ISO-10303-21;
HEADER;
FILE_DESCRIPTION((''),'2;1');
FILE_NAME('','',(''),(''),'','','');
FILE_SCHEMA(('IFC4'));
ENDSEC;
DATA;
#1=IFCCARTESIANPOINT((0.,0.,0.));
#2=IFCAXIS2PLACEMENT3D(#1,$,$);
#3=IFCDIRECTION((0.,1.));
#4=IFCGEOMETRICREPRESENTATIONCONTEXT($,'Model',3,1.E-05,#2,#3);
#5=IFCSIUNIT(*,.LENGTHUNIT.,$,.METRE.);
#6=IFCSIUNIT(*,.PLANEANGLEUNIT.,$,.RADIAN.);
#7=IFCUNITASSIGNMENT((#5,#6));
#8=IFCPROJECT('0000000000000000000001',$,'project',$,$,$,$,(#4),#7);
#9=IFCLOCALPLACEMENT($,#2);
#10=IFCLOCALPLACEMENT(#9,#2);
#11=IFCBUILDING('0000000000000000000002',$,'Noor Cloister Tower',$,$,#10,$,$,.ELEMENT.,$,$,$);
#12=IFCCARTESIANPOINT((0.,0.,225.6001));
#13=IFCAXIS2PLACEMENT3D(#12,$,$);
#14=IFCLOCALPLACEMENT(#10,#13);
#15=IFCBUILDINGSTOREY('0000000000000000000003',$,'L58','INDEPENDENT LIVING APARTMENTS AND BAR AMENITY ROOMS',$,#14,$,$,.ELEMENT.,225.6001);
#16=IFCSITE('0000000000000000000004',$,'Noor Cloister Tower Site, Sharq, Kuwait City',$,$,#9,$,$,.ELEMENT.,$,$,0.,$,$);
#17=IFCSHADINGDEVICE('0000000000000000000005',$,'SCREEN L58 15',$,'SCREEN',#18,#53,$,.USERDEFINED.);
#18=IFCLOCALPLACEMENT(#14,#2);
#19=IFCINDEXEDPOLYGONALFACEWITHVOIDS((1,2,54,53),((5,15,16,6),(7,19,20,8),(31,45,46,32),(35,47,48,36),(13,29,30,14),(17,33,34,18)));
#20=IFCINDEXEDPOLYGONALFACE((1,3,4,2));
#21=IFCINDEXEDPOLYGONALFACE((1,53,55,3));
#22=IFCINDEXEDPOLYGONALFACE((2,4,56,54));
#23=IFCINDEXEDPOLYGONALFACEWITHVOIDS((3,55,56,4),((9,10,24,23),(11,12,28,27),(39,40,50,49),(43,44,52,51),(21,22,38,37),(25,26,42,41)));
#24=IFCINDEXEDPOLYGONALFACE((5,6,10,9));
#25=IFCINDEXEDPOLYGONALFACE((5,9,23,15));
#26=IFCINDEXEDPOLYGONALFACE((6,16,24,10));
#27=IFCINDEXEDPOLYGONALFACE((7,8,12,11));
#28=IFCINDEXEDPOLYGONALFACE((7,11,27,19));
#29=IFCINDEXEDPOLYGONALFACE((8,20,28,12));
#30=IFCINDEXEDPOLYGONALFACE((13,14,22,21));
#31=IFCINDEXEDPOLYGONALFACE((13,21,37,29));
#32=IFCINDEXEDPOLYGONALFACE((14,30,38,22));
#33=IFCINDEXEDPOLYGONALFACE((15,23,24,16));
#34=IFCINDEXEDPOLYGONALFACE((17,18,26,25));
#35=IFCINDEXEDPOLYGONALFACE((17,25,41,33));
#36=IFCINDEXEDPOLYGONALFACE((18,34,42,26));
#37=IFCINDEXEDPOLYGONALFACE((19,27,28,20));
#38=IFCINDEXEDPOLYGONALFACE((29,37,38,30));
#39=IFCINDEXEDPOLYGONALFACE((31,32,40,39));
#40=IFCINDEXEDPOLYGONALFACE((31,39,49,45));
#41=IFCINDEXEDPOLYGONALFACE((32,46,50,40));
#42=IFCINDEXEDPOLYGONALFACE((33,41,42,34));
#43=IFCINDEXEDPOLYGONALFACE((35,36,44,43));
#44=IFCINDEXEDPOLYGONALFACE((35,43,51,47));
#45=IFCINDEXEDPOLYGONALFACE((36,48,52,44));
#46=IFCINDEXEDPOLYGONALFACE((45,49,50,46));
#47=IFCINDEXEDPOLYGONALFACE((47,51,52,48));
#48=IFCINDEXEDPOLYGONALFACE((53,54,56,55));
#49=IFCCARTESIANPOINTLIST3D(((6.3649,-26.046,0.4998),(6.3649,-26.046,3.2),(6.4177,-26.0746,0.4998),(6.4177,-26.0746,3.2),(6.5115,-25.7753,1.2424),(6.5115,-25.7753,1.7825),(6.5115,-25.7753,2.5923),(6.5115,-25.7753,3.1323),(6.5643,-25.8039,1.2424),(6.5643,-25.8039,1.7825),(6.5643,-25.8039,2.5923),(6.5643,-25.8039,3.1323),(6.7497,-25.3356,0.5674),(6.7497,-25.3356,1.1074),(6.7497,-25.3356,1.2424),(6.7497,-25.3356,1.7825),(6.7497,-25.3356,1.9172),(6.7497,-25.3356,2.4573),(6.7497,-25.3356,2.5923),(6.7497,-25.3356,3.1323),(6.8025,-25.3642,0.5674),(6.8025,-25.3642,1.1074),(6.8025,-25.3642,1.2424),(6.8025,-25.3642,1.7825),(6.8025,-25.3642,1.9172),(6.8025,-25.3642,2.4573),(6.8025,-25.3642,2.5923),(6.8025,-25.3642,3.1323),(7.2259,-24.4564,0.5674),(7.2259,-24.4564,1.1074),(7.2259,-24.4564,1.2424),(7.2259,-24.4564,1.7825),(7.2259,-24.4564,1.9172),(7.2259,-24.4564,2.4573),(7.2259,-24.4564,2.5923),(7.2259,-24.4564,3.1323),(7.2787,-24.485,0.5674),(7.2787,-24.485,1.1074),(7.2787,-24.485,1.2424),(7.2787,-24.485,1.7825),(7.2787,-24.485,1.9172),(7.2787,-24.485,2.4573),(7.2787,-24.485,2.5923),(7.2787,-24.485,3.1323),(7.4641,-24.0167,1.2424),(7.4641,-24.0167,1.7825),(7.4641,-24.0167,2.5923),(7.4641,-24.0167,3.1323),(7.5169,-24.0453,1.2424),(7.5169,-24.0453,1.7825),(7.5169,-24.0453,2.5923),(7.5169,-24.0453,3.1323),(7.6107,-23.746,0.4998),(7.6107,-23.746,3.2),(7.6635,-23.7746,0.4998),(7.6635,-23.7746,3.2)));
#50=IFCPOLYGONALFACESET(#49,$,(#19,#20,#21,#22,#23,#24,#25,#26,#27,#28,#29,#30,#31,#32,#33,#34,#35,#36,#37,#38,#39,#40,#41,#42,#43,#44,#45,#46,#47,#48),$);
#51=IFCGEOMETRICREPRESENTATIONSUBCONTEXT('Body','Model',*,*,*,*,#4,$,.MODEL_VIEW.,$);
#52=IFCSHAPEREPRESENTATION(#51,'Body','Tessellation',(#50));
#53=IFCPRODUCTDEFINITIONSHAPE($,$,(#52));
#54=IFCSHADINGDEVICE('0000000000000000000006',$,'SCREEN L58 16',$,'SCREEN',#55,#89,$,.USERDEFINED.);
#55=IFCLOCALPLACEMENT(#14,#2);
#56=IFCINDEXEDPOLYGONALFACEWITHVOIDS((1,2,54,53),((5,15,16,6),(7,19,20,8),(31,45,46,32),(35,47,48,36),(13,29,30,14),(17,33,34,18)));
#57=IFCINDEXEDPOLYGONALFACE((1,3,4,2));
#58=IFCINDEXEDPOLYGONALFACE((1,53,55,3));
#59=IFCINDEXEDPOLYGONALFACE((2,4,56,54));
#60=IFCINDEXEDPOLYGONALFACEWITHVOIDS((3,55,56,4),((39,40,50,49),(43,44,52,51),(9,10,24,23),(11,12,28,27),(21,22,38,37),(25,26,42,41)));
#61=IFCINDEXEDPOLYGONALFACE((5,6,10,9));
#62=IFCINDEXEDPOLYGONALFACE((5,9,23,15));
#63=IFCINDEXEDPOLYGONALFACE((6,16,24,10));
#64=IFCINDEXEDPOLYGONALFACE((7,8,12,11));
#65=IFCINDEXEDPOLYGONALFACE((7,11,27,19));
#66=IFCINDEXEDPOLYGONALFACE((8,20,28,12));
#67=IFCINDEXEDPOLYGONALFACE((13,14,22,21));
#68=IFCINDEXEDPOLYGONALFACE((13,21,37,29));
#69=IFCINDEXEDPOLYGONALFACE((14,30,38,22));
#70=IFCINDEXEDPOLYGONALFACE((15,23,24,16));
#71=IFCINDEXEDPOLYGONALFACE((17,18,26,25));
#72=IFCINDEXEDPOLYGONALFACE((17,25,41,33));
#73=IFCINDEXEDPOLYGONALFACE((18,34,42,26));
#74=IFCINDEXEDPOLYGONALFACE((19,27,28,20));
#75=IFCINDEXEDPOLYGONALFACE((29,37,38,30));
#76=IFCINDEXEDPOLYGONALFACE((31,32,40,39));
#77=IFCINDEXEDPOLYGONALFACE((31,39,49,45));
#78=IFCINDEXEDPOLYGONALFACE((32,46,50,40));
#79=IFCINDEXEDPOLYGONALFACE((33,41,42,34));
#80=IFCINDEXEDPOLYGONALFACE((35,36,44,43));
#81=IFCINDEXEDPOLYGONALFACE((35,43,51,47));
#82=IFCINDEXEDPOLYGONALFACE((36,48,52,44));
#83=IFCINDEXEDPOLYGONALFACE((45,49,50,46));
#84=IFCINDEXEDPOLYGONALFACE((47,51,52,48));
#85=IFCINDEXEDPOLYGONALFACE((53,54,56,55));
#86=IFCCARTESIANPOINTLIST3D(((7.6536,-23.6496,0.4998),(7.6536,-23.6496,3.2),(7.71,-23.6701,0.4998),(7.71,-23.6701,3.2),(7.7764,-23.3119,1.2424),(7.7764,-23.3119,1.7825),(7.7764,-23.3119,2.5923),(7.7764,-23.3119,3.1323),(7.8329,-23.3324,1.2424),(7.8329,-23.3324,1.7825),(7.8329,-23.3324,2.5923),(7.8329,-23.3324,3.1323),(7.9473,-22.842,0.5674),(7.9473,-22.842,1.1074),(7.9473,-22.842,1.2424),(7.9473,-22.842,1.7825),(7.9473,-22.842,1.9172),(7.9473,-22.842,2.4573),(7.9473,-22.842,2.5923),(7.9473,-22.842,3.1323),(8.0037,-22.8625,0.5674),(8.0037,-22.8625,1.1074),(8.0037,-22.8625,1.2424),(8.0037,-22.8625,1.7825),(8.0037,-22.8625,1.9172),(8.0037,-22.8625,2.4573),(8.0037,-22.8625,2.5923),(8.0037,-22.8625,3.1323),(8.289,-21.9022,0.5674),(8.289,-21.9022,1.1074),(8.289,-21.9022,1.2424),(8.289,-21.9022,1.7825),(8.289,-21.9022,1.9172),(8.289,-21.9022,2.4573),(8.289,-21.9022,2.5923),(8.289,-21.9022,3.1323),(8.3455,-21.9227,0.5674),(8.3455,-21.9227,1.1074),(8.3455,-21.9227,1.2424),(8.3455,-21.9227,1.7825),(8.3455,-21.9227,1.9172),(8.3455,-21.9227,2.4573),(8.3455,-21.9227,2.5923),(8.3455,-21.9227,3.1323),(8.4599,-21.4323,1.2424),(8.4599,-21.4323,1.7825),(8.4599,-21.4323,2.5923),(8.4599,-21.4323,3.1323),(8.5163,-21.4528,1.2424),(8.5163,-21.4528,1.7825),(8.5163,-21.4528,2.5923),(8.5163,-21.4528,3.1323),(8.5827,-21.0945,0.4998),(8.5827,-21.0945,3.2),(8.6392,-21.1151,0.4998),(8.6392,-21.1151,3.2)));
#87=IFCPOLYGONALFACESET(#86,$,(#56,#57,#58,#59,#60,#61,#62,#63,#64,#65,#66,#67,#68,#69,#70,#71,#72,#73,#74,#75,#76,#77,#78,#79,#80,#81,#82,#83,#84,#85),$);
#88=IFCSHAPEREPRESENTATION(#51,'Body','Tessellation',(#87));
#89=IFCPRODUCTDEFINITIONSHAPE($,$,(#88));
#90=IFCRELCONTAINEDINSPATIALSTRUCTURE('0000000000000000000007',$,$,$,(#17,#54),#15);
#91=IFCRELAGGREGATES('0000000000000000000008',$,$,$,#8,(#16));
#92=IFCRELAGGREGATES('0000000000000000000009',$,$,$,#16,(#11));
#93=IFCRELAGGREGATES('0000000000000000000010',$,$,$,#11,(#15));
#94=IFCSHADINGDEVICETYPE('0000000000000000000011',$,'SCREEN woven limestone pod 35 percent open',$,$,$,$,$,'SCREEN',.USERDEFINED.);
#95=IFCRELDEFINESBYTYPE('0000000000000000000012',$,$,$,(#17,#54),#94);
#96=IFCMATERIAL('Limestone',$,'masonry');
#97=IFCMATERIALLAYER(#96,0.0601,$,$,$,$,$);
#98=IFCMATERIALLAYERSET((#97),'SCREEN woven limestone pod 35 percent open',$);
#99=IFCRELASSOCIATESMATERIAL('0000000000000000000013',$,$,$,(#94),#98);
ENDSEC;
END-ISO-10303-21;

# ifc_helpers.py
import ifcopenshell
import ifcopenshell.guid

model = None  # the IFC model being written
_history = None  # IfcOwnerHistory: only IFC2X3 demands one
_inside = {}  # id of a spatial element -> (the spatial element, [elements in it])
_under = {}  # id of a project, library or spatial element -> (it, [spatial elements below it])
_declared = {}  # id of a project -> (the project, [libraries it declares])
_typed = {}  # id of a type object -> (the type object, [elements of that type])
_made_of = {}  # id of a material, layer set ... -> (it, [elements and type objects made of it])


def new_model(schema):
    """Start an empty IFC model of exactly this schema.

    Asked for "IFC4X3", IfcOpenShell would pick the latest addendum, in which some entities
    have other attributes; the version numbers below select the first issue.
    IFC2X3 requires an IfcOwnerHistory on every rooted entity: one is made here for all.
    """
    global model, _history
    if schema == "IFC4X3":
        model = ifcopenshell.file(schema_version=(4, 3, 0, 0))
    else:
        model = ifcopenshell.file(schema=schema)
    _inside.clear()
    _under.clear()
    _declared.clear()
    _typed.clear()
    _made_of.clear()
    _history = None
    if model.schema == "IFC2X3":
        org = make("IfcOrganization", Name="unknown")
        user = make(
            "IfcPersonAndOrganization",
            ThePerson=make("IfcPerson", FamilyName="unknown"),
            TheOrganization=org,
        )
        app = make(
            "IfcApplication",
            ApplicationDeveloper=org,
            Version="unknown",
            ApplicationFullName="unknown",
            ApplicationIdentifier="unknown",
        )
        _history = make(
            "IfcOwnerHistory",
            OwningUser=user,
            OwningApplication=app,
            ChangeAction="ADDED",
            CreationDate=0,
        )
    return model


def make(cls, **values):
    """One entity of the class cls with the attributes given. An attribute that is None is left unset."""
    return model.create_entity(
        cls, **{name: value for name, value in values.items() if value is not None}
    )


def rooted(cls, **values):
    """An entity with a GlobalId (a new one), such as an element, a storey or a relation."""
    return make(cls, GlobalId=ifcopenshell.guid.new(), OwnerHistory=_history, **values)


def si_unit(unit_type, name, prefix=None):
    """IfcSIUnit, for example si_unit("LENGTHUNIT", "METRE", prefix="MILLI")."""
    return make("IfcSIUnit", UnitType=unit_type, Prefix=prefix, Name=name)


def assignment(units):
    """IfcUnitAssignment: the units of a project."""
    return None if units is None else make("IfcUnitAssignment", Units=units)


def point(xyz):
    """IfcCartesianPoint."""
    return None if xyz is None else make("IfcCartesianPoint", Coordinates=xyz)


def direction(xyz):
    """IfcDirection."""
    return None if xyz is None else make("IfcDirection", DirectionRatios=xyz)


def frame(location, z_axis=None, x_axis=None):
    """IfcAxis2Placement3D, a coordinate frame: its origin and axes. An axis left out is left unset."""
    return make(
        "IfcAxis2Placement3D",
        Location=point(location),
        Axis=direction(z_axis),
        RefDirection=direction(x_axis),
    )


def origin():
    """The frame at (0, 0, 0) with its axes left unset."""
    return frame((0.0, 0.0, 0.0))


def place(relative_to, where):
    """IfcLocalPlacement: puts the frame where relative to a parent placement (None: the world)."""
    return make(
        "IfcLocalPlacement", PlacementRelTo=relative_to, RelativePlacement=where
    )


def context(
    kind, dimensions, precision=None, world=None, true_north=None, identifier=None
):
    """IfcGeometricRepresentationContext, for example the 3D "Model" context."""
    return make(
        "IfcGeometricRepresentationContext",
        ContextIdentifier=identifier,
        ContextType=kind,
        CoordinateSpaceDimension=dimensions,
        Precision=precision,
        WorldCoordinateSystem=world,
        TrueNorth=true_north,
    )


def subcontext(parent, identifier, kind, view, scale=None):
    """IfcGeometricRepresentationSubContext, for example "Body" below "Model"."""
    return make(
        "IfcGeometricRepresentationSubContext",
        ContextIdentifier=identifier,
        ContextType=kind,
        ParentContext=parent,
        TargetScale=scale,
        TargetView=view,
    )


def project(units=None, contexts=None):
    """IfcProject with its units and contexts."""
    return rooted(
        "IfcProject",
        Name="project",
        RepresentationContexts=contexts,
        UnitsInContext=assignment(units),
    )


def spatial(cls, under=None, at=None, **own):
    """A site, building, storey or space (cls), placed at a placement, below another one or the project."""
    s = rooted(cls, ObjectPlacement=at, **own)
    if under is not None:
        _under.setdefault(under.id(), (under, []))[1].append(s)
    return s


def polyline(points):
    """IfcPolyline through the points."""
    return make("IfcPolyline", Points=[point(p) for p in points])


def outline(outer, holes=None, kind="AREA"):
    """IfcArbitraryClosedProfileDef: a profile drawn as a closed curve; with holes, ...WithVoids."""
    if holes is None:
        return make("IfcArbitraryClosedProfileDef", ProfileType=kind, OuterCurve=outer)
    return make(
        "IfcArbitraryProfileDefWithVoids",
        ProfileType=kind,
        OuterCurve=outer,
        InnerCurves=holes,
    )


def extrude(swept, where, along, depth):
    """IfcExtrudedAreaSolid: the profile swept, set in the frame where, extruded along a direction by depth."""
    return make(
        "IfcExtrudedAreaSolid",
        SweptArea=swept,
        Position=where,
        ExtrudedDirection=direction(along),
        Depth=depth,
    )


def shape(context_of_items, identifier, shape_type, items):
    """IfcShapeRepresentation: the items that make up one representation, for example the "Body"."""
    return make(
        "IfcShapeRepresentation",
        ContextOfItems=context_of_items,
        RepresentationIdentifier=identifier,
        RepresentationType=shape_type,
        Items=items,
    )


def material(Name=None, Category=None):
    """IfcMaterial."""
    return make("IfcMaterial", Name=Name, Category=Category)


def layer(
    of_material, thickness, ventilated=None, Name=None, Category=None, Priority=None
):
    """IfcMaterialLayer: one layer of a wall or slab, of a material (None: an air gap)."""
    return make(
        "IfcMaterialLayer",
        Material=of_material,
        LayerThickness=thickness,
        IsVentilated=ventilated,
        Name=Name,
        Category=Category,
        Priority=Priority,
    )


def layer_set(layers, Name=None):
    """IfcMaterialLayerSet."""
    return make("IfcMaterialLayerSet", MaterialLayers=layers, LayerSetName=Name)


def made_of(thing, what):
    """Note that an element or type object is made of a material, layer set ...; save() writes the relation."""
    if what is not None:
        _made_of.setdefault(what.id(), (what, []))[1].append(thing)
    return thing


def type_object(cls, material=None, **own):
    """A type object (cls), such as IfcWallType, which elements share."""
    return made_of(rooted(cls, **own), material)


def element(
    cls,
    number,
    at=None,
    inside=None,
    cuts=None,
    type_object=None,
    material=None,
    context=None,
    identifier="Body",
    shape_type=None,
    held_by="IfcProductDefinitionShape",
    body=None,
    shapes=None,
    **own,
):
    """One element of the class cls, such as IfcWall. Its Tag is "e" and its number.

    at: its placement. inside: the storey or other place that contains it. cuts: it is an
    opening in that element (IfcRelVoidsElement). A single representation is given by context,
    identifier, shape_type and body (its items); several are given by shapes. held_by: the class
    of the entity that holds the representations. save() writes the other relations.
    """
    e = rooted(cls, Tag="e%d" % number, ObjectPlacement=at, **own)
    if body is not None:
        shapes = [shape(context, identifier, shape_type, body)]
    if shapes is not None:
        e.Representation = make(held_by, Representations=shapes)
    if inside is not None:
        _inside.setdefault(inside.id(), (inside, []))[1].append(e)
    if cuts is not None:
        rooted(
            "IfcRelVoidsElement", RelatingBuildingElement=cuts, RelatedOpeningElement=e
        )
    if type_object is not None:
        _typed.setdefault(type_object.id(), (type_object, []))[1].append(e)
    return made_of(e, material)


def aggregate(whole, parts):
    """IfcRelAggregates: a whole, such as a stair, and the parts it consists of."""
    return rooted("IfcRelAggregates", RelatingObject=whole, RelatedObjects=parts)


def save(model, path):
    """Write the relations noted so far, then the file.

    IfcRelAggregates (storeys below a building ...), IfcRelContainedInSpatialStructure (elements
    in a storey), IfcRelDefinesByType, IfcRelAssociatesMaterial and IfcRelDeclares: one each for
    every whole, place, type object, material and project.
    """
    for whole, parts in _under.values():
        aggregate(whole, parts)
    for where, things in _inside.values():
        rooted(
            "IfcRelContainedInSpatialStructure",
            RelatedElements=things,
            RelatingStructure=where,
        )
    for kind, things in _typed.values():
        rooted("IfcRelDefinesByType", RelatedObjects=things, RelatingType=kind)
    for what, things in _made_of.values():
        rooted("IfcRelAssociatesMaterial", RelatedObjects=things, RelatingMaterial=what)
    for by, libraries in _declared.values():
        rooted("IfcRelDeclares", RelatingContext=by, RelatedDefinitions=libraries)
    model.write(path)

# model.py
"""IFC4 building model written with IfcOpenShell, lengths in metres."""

from ifc_helpers import new_model, si_unit, direction, frame, origin, place, context, subcontext, project, spatial, polyline, outline, extrude, material, layer, layer_set, type_object, element, save


model = new_model("IFC4")

# Units and contexts
model_context = context("Model", 3, precision=1e-05, world=origin(), true_north=direction((0.0, 1.0)))
body_context = subcontext(model_context, "Body", "Model", "MODEL_VIEW")
ifc_project = project(units=[si_unit("LENGTHUNIT", "METRE"), si_unit("PLANEANGLEUNIT", "RADIAN")], contexts=[model_context])

# Site, building, storey
site_placement = place(None, origin())
site = spatial("IfcSite", under=ifc_project, at=site_placement, Name="Noor Cloister Tower Site, Sharq, Kuwait City", CompositionType="ELEMENT", RefElevation=0.0)
building_placement = place(site_placement, origin())
building = spatial("IfcBuilding", under=site, at=building_placement, Name="Noor Cloister Tower", CompositionType="ELEMENT")
storey_placement = place(building_placement, frame((0.0, 0.0, 225.6001)))
storey = spatial("IfcBuildingStorey", under=building, at=storey_placement, Name="L58", Description="INDEPENDENT LIVING APARTMENTS AND BAR AMENITY ROOMS", CompositionType="ELEMENT", Elevation=225.6001)

# Shading devices
ifc_material_1 = material(Name="Limestone", Category="masonry")
ifc_layer_1 = layer(ifc_material_1, 0.0601)
ifc_layer_set_1 = layer_set([ifc_layer_1], Name="SCREEN woven limestone pod 35 percent open")
shading_device_type = type_object("IfcShadingDeviceType", Name="SCREEN woven limestone pod 35 percent open", ElementType="SCREEN", PredefinedType="USERDEFINED", material=ifc_layer_set_1)
shading_device_1_placement = place(storey_placement, frame((6.9878, -24.896, 1.8499), z_axis=(0.879292, -0.476283, 0.0), x_axis=(0.476283, 0.879292, 0.0)))
element("IfcShadingDevice", 1, at=shading_device_1_placement, inside=storey, type_object=shading_device_type, Name="SCREEN L58 15", ObjectType="SCREEN", PredefinedType="USERDEFINED", context=body_context, shape_type="SweptSolid", body=[
    extrude(outline(polyline([(-1.3079, -1.3501), (1.3079, -1.3501), (1.3079, 1.3501), (-1.3079, 1.3501), (-1.3079, -1.3501)]), holes=[polyline([(-0.5, -1.2825), (0.5, -1.2825), (0.5, -0.7424), (-0.5, -0.7424), (-0.5, -1.2825)]), polyline([(-1.0, -0.6074), (-0.5, -0.6074), (-0.5, -0.0674), (-1.0, -0.0674), (-1.0, -0.6074)]), polyline([(0.5, -0.6074), (1.0, -0.6074), (1.0, -0.0674), (0.5, -0.0674), (0.5, -0.6074)]), polyline([(-0.5, 0.0674), (0.5, 0.0674), (0.5, 0.6074), (-0.5, 0.6074), (-0.5, 0.0674)]), polyline([(-1.0, 0.7424), (-0.5, 0.7424), (-0.5, 1.2825), (-1.0, 1.2825), (-1.0, 0.7424)]), polyline([(0.5, 0.7424), (1.0, 0.7424), (1.0, 1.2825), (0.5, 1.2825), (0.5, 0.7424)])]), origin(), (0.0, 0.0, 1.0), 0.0601),
])
shading_device_2_placement = place(storey_placement, frame((8.1182, -22.3721, 1.8499), z_axis=(0.939793, -0.341743, 0.0), x_axis=(0.341743, 0.939793, 0.0)))
element("IfcShadingDevice", 2, at=shading_device_2_placement, inside=storey, type_object=shading_device_type, Name="SCREEN L58 16", ObjectType="SCREEN", PredefinedType="USERDEFINED", context=body_context, shape_type="SweptSolid", body=[
    extrude(outline(polyline([(-1.3594, -1.3501), (1.3594, -1.3501), (1.3594, 1.3501), (-1.3594, 1.3501), (-1.3594, -1.3501)]), holes=[polyline([(-0.5, -1.2825), (0.5, -1.2825), (0.5, -0.7424), (-0.5, -0.7424), (-0.5, -1.2825)]), polyline([(-1.0, -0.6074), (-0.5, -0.6074), (-0.5, -0.0674), (-1.0, -0.0674), (-1.0, -0.6074)]), polyline([(0.5, -0.6074), (1.0, -0.6074), (1.0, -0.0674), (0.5, -0.0674), (0.5, -0.6074)]), polyline([(-0.5, 0.0674), (0.5, 0.0674), (0.5, 0.6074), (-0.5, 0.6074), (-0.5, 0.0674)]), polyline([(-1.0, 0.7424), (-0.5, 0.7424), (-0.5, 1.2825), (-1.0, 1.2825), (-1.0, 0.7424)]), polyline([(0.5, 0.7424), (1.0, 0.7424), (1.0, 1.2825), (0.5, 1.2825), (0.5, 0.7424)])]), origin(), (0.0, 0.0, 1.0), 0.0601),
])

save(model, "model.ifc")
